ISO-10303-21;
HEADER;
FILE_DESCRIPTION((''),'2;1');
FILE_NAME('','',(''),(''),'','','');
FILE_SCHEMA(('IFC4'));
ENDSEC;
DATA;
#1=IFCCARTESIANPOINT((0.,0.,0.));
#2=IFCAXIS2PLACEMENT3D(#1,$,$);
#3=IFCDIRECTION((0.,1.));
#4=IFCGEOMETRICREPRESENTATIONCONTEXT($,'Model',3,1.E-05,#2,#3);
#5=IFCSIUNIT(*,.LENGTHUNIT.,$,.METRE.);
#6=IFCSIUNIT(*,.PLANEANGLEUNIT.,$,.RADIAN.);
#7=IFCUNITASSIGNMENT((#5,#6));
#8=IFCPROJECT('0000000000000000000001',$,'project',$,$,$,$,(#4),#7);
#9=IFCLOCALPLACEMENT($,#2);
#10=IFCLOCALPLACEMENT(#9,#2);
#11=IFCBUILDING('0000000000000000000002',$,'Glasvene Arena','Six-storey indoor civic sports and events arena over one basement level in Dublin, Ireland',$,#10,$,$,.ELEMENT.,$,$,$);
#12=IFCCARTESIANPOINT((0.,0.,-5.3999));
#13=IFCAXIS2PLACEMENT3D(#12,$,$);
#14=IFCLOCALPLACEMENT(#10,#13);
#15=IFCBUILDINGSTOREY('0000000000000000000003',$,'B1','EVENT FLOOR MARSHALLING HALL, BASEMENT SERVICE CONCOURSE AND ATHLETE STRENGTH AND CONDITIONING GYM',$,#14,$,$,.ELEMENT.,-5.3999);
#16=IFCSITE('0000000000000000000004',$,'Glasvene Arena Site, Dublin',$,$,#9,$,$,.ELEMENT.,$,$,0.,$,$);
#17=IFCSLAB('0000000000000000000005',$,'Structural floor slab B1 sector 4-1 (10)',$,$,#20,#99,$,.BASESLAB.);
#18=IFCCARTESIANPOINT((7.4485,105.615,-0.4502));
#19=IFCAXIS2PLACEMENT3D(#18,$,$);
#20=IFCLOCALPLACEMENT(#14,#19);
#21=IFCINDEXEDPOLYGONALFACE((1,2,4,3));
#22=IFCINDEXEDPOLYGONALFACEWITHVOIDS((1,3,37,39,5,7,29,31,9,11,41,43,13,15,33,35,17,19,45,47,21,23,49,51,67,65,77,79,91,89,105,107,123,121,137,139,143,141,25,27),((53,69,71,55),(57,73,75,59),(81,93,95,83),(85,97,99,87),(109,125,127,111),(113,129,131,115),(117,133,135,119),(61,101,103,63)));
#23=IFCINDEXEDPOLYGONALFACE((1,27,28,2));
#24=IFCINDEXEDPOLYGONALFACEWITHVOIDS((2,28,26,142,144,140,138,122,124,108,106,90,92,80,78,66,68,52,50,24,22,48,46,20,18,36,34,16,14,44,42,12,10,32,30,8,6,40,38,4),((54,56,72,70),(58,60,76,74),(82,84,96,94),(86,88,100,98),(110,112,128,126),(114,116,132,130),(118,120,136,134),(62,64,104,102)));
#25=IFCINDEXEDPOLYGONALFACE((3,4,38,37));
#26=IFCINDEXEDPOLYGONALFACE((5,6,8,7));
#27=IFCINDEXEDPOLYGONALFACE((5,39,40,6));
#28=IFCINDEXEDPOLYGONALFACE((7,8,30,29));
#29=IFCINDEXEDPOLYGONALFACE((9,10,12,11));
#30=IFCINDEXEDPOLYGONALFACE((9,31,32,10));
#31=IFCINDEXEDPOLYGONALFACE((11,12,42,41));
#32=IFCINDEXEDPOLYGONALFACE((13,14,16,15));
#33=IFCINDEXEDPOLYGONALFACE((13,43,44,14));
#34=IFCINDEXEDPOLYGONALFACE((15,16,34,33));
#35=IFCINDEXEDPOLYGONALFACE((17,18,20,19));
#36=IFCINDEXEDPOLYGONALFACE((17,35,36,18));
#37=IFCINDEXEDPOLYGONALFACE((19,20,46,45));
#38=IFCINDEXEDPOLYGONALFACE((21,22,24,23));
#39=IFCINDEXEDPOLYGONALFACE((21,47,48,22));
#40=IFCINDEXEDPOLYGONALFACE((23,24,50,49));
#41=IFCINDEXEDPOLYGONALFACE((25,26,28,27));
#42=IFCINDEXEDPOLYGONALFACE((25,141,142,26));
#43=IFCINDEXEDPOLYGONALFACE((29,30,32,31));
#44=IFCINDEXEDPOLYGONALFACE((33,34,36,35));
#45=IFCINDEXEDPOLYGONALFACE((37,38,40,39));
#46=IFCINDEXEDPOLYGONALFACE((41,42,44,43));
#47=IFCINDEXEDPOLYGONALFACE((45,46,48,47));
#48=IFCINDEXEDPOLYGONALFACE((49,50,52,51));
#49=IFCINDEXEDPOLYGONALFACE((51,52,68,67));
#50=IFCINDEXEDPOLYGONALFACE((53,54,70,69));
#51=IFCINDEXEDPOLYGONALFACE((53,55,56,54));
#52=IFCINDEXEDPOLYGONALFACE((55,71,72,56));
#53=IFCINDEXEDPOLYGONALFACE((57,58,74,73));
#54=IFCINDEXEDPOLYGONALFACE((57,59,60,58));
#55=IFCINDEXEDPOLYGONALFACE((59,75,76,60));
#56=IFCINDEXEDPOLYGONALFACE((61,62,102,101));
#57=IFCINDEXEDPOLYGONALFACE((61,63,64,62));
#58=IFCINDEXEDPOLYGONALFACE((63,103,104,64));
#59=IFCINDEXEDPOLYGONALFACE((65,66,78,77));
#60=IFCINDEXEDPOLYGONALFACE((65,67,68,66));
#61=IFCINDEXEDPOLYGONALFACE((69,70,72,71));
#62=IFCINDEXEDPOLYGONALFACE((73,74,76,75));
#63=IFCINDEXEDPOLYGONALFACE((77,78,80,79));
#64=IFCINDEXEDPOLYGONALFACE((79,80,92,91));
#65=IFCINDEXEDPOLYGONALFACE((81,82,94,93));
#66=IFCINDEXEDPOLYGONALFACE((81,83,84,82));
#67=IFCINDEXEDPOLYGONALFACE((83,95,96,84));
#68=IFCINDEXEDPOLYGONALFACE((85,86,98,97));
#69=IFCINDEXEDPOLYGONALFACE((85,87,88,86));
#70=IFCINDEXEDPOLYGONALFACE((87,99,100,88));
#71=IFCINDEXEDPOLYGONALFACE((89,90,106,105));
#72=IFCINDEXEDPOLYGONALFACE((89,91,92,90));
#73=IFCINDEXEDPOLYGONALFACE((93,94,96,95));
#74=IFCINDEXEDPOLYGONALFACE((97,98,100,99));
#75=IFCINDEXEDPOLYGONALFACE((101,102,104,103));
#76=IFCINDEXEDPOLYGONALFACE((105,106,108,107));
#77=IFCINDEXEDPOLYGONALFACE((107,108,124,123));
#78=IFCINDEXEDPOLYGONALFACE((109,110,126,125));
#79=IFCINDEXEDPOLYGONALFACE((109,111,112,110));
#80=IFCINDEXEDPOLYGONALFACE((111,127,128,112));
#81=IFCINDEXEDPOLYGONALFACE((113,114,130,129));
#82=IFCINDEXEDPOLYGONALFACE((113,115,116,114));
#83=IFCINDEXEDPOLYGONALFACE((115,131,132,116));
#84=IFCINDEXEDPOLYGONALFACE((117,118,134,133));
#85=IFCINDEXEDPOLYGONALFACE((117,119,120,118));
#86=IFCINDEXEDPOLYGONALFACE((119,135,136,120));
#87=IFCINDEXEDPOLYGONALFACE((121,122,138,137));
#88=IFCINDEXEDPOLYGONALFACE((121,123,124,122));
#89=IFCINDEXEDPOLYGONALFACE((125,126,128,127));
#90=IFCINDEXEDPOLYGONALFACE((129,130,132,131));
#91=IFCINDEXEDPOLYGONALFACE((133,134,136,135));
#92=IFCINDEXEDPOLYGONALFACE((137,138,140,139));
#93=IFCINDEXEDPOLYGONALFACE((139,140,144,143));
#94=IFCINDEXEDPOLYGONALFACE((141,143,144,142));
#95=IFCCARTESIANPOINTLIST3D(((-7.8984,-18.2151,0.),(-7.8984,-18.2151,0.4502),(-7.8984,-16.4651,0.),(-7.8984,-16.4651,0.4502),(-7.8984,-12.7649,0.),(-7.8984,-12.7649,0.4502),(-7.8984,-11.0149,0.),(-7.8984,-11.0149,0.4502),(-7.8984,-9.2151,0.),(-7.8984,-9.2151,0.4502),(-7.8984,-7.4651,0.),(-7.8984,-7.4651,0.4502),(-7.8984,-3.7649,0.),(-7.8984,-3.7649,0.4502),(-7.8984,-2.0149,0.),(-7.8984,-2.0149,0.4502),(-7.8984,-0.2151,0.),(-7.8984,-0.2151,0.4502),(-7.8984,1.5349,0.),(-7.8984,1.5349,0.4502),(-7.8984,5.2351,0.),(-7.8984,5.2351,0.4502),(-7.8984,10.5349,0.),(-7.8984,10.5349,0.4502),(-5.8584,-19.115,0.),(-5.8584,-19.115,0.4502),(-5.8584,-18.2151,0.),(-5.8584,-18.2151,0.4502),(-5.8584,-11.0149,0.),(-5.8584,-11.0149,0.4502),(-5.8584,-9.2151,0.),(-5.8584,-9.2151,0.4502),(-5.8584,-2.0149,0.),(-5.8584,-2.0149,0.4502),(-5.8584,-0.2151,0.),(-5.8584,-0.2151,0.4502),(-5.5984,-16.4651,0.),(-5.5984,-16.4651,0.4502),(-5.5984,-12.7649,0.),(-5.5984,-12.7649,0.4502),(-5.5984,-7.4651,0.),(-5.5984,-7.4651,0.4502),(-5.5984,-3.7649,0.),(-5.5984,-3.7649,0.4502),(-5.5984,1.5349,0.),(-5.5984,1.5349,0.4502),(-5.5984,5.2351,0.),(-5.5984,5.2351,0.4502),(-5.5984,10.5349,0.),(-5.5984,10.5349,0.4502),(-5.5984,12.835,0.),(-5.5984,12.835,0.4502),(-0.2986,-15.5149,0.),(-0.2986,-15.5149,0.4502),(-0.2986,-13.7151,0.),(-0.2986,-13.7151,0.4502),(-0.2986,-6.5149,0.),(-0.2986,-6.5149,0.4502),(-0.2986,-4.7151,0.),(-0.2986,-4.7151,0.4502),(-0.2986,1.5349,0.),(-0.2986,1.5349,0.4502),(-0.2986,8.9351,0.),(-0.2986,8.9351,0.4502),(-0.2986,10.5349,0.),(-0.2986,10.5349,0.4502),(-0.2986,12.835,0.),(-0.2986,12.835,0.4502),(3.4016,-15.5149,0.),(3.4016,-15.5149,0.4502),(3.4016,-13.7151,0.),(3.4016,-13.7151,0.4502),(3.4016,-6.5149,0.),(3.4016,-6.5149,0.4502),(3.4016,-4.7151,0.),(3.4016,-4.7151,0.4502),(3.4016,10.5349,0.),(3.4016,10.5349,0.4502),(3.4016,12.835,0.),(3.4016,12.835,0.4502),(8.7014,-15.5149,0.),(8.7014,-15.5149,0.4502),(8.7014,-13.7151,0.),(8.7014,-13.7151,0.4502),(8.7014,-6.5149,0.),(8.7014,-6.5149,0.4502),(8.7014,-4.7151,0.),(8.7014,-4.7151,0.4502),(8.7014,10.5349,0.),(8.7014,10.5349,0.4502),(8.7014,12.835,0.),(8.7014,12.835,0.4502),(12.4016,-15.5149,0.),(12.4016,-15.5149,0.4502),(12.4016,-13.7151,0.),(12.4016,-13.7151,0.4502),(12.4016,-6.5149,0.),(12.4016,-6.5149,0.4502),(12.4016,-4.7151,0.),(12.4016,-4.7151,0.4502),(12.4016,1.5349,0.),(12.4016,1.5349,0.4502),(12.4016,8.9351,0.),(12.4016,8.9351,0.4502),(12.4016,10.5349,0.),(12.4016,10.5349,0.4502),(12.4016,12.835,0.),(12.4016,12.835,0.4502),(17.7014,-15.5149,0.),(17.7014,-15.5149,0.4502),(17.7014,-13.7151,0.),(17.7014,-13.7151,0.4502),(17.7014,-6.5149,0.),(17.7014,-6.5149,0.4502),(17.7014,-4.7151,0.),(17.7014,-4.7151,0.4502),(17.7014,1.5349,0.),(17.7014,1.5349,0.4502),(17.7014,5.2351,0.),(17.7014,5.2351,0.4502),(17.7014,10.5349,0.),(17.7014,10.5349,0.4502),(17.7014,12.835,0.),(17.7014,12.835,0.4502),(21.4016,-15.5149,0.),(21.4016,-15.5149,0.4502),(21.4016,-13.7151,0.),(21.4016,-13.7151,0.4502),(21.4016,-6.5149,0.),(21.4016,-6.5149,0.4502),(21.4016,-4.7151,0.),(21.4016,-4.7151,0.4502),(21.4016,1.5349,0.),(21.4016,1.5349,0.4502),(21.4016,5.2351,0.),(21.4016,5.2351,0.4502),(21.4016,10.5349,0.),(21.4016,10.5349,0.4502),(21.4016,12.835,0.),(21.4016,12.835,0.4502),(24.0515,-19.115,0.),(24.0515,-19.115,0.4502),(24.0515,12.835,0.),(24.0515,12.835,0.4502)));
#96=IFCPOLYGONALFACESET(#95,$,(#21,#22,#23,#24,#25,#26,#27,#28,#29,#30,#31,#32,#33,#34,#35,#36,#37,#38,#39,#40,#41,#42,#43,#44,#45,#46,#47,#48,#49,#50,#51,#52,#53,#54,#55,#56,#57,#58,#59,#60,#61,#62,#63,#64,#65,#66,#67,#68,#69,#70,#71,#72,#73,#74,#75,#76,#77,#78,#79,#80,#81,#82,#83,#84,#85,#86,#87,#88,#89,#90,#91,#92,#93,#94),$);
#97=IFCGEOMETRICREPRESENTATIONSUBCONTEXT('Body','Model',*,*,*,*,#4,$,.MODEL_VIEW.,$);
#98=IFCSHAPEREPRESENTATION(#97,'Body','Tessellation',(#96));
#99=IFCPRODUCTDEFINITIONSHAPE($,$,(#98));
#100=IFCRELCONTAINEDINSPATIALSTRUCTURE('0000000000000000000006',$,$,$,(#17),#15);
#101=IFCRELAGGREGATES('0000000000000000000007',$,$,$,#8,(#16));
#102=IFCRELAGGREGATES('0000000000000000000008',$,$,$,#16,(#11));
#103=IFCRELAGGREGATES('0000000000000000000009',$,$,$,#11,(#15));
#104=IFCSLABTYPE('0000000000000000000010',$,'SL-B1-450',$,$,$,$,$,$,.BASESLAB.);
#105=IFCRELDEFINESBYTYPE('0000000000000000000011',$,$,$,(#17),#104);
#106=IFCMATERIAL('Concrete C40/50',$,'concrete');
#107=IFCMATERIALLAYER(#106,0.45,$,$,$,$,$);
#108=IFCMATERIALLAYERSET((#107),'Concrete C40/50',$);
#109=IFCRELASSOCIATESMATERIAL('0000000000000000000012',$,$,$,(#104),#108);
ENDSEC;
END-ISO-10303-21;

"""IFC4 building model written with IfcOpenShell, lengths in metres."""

from ifc_helpers import new_model, si_unit, direction, frame, origin, place, context, subcontext, project, spatial, polyline, outline, extrude, material, layer, layer_set, type_object, element, save


model = new_model("IFC4")

# Units and contexts
model_context = context("Model", 3, precision=1e-05, world=origin(), true_north=direction((0.0, 1.0)))
body_context = subcontext(model_context, "Body", "Model", "MODEL_VIEW")
ifc_project = project(units=[si_unit("LENGTHUNIT", "METRE"), si_unit("PLANEANGLEUNIT", "RADIAN")], contexts=[model_context])

# Site, building, storey
site_placement = place(None, origin())
site = spatial("IfcSite", under=ifc_project, at=site_placement, Name="Glasvene Arena Site, Dublin", CompositionType="ELEMENT", RefElevation=0.0)
building_placement = place(site_placement, origin())
building = spatial("IfcBuilding", under=site, at=building_placement, Name="Glasvene Arena", Description="Six-storey indoor civic sports and events arena over one basement level in Dublin, Ireland", CompositionType="ELEMENT")
storey_placement = place(building_placement, frame((0.0, 0.0, -5.3999)))
storey = spatial("IfcBuildingStorey", under=building, at=storey_placement, Name="B1", Description="EVENT FLOOR MARSHALLING HALL, BASEMENT SERVICE CONCOURSE AND ATHLETE STRENGTH AND CONDITIONING GYM", CompositionType="ELEMENT", Elevation=-5.3999)

# Shared definitions
ifc_material_1 = material(Name="Concrete C40/50", Category="concrete")

# Slab
ifc_layer_1 = layer(ifc_material_1, 0.45)
ifc_layer_set_1 = layer_set([ifc_layer_1], Name="Concrete C40/50")
slab_type = type_object("IfcSlabType", Name="SL-B1-450", PredefinedType="BASESLAB", material=ifc_layer_set_1)
slab_placement = place(storey_placement, frame((7.4485, 105.615, -0.4502)))
element("IfcSlab", 1, at=slab_placement, inside=storey, type_object=slab_type, Name="Structural floor slab B1 sector 4-1 (10)", PredefinedType="BASESLAB", context=body_context, shape_type="SweptSolid", body=[
    extrude(outline(polyline([(-5.8584, -18.2151), (-7.8984, -18.2151), (-7.8984, -16.4651), (-5.5984, -16.4651), (-5.5984, -12.7649), (-7.8984, -12.7649), (-7.8984, -11.0149), (-5.8584, -11.0149), (-5.8584, -9.2151), (-7.8984, -9.2151), (-7.8984, -7.4651), (-5.5984, -7.4651), (-5.5984, -3.7649), (-7.8984, -3.7649), (-7.8984, -2.0149), (-5.8584, -2.0149), (-5.8584, -0.2151), (-7.8984, -0.2151), (-7.8984, 1.5349), (-5.5984, 1.5349), (-5.5984, 5.2351), (-7.8984, 5.2351), (-7.8984, 10.5349), (-5.5984, 10.5349), (-5.5984, 12.835), (-0.2986, 12.835), (-0.2986, 10.5349), (3.4016, 10.5349), (3.4016, 12.835), (8.7014, 12.835), (8.7014, 10.5349), (12.4016, 10.5349), (12.4016, 12.835), (17.7014, 12.835), (17.7014, 10.5349), (21.4016, 10.5349), (21.4016, 12.835), (24.0515, 12.835), (24.0515, -19.115), (-5.8584, -19.115), (-5.8584, -18.2151)]), holes=[polyline([(3.4016, -15.5149), (3.4016, -13.7151), (-0.2986, -13.7151), (-0.2986, -15.5149), (3.4016, -15.5149)]), polyline([(-0.2986, -6.5149), (3.4016, -6.5149), (3.4016, -4.7151), (-0.2986, -4.7151), (-0.2986, -6.5149)]), polyline([(8.7014, -15.5149), (12.4016, -15.5149), (12.4016, -13.7151), (8.7014, -13.7151), (8.7014, -15.5149)]), polyline([(8.7014, -6.5149), (12.4016, -6.5149), (12.4016, -4.7151), (8.7014, -4.7151), (8.7014, -6.5149)]), polyline([(17.7014, -6.5149), (21.4016, -6.5149), (21.4016, -4.7151), (17.7014, -4.7151), (17.7014, -6.5149)]), polyline([(17.7014, 1.5349), (21.4016, 1.5349), (21.4016, 5.2351), (17.7014, 5.2351), (17.7014, 1.5349)]), polyline([(-0.2986, 1.5349), (12.4016, 1.5349), (12.4016, 8.9351), (-0.2986, 8.9351), (-0.2986, 1.5349)]), polyline([(17.7014, -15.5149), (21.4016, -15.5149), (21.4016, -13.7151), (17.7014, -13.7151), (17.7014, -15.5149)])]), origin(), (0.0, 0.0, 1.0), 0.4502),
])

save(model, "model.ifc")
